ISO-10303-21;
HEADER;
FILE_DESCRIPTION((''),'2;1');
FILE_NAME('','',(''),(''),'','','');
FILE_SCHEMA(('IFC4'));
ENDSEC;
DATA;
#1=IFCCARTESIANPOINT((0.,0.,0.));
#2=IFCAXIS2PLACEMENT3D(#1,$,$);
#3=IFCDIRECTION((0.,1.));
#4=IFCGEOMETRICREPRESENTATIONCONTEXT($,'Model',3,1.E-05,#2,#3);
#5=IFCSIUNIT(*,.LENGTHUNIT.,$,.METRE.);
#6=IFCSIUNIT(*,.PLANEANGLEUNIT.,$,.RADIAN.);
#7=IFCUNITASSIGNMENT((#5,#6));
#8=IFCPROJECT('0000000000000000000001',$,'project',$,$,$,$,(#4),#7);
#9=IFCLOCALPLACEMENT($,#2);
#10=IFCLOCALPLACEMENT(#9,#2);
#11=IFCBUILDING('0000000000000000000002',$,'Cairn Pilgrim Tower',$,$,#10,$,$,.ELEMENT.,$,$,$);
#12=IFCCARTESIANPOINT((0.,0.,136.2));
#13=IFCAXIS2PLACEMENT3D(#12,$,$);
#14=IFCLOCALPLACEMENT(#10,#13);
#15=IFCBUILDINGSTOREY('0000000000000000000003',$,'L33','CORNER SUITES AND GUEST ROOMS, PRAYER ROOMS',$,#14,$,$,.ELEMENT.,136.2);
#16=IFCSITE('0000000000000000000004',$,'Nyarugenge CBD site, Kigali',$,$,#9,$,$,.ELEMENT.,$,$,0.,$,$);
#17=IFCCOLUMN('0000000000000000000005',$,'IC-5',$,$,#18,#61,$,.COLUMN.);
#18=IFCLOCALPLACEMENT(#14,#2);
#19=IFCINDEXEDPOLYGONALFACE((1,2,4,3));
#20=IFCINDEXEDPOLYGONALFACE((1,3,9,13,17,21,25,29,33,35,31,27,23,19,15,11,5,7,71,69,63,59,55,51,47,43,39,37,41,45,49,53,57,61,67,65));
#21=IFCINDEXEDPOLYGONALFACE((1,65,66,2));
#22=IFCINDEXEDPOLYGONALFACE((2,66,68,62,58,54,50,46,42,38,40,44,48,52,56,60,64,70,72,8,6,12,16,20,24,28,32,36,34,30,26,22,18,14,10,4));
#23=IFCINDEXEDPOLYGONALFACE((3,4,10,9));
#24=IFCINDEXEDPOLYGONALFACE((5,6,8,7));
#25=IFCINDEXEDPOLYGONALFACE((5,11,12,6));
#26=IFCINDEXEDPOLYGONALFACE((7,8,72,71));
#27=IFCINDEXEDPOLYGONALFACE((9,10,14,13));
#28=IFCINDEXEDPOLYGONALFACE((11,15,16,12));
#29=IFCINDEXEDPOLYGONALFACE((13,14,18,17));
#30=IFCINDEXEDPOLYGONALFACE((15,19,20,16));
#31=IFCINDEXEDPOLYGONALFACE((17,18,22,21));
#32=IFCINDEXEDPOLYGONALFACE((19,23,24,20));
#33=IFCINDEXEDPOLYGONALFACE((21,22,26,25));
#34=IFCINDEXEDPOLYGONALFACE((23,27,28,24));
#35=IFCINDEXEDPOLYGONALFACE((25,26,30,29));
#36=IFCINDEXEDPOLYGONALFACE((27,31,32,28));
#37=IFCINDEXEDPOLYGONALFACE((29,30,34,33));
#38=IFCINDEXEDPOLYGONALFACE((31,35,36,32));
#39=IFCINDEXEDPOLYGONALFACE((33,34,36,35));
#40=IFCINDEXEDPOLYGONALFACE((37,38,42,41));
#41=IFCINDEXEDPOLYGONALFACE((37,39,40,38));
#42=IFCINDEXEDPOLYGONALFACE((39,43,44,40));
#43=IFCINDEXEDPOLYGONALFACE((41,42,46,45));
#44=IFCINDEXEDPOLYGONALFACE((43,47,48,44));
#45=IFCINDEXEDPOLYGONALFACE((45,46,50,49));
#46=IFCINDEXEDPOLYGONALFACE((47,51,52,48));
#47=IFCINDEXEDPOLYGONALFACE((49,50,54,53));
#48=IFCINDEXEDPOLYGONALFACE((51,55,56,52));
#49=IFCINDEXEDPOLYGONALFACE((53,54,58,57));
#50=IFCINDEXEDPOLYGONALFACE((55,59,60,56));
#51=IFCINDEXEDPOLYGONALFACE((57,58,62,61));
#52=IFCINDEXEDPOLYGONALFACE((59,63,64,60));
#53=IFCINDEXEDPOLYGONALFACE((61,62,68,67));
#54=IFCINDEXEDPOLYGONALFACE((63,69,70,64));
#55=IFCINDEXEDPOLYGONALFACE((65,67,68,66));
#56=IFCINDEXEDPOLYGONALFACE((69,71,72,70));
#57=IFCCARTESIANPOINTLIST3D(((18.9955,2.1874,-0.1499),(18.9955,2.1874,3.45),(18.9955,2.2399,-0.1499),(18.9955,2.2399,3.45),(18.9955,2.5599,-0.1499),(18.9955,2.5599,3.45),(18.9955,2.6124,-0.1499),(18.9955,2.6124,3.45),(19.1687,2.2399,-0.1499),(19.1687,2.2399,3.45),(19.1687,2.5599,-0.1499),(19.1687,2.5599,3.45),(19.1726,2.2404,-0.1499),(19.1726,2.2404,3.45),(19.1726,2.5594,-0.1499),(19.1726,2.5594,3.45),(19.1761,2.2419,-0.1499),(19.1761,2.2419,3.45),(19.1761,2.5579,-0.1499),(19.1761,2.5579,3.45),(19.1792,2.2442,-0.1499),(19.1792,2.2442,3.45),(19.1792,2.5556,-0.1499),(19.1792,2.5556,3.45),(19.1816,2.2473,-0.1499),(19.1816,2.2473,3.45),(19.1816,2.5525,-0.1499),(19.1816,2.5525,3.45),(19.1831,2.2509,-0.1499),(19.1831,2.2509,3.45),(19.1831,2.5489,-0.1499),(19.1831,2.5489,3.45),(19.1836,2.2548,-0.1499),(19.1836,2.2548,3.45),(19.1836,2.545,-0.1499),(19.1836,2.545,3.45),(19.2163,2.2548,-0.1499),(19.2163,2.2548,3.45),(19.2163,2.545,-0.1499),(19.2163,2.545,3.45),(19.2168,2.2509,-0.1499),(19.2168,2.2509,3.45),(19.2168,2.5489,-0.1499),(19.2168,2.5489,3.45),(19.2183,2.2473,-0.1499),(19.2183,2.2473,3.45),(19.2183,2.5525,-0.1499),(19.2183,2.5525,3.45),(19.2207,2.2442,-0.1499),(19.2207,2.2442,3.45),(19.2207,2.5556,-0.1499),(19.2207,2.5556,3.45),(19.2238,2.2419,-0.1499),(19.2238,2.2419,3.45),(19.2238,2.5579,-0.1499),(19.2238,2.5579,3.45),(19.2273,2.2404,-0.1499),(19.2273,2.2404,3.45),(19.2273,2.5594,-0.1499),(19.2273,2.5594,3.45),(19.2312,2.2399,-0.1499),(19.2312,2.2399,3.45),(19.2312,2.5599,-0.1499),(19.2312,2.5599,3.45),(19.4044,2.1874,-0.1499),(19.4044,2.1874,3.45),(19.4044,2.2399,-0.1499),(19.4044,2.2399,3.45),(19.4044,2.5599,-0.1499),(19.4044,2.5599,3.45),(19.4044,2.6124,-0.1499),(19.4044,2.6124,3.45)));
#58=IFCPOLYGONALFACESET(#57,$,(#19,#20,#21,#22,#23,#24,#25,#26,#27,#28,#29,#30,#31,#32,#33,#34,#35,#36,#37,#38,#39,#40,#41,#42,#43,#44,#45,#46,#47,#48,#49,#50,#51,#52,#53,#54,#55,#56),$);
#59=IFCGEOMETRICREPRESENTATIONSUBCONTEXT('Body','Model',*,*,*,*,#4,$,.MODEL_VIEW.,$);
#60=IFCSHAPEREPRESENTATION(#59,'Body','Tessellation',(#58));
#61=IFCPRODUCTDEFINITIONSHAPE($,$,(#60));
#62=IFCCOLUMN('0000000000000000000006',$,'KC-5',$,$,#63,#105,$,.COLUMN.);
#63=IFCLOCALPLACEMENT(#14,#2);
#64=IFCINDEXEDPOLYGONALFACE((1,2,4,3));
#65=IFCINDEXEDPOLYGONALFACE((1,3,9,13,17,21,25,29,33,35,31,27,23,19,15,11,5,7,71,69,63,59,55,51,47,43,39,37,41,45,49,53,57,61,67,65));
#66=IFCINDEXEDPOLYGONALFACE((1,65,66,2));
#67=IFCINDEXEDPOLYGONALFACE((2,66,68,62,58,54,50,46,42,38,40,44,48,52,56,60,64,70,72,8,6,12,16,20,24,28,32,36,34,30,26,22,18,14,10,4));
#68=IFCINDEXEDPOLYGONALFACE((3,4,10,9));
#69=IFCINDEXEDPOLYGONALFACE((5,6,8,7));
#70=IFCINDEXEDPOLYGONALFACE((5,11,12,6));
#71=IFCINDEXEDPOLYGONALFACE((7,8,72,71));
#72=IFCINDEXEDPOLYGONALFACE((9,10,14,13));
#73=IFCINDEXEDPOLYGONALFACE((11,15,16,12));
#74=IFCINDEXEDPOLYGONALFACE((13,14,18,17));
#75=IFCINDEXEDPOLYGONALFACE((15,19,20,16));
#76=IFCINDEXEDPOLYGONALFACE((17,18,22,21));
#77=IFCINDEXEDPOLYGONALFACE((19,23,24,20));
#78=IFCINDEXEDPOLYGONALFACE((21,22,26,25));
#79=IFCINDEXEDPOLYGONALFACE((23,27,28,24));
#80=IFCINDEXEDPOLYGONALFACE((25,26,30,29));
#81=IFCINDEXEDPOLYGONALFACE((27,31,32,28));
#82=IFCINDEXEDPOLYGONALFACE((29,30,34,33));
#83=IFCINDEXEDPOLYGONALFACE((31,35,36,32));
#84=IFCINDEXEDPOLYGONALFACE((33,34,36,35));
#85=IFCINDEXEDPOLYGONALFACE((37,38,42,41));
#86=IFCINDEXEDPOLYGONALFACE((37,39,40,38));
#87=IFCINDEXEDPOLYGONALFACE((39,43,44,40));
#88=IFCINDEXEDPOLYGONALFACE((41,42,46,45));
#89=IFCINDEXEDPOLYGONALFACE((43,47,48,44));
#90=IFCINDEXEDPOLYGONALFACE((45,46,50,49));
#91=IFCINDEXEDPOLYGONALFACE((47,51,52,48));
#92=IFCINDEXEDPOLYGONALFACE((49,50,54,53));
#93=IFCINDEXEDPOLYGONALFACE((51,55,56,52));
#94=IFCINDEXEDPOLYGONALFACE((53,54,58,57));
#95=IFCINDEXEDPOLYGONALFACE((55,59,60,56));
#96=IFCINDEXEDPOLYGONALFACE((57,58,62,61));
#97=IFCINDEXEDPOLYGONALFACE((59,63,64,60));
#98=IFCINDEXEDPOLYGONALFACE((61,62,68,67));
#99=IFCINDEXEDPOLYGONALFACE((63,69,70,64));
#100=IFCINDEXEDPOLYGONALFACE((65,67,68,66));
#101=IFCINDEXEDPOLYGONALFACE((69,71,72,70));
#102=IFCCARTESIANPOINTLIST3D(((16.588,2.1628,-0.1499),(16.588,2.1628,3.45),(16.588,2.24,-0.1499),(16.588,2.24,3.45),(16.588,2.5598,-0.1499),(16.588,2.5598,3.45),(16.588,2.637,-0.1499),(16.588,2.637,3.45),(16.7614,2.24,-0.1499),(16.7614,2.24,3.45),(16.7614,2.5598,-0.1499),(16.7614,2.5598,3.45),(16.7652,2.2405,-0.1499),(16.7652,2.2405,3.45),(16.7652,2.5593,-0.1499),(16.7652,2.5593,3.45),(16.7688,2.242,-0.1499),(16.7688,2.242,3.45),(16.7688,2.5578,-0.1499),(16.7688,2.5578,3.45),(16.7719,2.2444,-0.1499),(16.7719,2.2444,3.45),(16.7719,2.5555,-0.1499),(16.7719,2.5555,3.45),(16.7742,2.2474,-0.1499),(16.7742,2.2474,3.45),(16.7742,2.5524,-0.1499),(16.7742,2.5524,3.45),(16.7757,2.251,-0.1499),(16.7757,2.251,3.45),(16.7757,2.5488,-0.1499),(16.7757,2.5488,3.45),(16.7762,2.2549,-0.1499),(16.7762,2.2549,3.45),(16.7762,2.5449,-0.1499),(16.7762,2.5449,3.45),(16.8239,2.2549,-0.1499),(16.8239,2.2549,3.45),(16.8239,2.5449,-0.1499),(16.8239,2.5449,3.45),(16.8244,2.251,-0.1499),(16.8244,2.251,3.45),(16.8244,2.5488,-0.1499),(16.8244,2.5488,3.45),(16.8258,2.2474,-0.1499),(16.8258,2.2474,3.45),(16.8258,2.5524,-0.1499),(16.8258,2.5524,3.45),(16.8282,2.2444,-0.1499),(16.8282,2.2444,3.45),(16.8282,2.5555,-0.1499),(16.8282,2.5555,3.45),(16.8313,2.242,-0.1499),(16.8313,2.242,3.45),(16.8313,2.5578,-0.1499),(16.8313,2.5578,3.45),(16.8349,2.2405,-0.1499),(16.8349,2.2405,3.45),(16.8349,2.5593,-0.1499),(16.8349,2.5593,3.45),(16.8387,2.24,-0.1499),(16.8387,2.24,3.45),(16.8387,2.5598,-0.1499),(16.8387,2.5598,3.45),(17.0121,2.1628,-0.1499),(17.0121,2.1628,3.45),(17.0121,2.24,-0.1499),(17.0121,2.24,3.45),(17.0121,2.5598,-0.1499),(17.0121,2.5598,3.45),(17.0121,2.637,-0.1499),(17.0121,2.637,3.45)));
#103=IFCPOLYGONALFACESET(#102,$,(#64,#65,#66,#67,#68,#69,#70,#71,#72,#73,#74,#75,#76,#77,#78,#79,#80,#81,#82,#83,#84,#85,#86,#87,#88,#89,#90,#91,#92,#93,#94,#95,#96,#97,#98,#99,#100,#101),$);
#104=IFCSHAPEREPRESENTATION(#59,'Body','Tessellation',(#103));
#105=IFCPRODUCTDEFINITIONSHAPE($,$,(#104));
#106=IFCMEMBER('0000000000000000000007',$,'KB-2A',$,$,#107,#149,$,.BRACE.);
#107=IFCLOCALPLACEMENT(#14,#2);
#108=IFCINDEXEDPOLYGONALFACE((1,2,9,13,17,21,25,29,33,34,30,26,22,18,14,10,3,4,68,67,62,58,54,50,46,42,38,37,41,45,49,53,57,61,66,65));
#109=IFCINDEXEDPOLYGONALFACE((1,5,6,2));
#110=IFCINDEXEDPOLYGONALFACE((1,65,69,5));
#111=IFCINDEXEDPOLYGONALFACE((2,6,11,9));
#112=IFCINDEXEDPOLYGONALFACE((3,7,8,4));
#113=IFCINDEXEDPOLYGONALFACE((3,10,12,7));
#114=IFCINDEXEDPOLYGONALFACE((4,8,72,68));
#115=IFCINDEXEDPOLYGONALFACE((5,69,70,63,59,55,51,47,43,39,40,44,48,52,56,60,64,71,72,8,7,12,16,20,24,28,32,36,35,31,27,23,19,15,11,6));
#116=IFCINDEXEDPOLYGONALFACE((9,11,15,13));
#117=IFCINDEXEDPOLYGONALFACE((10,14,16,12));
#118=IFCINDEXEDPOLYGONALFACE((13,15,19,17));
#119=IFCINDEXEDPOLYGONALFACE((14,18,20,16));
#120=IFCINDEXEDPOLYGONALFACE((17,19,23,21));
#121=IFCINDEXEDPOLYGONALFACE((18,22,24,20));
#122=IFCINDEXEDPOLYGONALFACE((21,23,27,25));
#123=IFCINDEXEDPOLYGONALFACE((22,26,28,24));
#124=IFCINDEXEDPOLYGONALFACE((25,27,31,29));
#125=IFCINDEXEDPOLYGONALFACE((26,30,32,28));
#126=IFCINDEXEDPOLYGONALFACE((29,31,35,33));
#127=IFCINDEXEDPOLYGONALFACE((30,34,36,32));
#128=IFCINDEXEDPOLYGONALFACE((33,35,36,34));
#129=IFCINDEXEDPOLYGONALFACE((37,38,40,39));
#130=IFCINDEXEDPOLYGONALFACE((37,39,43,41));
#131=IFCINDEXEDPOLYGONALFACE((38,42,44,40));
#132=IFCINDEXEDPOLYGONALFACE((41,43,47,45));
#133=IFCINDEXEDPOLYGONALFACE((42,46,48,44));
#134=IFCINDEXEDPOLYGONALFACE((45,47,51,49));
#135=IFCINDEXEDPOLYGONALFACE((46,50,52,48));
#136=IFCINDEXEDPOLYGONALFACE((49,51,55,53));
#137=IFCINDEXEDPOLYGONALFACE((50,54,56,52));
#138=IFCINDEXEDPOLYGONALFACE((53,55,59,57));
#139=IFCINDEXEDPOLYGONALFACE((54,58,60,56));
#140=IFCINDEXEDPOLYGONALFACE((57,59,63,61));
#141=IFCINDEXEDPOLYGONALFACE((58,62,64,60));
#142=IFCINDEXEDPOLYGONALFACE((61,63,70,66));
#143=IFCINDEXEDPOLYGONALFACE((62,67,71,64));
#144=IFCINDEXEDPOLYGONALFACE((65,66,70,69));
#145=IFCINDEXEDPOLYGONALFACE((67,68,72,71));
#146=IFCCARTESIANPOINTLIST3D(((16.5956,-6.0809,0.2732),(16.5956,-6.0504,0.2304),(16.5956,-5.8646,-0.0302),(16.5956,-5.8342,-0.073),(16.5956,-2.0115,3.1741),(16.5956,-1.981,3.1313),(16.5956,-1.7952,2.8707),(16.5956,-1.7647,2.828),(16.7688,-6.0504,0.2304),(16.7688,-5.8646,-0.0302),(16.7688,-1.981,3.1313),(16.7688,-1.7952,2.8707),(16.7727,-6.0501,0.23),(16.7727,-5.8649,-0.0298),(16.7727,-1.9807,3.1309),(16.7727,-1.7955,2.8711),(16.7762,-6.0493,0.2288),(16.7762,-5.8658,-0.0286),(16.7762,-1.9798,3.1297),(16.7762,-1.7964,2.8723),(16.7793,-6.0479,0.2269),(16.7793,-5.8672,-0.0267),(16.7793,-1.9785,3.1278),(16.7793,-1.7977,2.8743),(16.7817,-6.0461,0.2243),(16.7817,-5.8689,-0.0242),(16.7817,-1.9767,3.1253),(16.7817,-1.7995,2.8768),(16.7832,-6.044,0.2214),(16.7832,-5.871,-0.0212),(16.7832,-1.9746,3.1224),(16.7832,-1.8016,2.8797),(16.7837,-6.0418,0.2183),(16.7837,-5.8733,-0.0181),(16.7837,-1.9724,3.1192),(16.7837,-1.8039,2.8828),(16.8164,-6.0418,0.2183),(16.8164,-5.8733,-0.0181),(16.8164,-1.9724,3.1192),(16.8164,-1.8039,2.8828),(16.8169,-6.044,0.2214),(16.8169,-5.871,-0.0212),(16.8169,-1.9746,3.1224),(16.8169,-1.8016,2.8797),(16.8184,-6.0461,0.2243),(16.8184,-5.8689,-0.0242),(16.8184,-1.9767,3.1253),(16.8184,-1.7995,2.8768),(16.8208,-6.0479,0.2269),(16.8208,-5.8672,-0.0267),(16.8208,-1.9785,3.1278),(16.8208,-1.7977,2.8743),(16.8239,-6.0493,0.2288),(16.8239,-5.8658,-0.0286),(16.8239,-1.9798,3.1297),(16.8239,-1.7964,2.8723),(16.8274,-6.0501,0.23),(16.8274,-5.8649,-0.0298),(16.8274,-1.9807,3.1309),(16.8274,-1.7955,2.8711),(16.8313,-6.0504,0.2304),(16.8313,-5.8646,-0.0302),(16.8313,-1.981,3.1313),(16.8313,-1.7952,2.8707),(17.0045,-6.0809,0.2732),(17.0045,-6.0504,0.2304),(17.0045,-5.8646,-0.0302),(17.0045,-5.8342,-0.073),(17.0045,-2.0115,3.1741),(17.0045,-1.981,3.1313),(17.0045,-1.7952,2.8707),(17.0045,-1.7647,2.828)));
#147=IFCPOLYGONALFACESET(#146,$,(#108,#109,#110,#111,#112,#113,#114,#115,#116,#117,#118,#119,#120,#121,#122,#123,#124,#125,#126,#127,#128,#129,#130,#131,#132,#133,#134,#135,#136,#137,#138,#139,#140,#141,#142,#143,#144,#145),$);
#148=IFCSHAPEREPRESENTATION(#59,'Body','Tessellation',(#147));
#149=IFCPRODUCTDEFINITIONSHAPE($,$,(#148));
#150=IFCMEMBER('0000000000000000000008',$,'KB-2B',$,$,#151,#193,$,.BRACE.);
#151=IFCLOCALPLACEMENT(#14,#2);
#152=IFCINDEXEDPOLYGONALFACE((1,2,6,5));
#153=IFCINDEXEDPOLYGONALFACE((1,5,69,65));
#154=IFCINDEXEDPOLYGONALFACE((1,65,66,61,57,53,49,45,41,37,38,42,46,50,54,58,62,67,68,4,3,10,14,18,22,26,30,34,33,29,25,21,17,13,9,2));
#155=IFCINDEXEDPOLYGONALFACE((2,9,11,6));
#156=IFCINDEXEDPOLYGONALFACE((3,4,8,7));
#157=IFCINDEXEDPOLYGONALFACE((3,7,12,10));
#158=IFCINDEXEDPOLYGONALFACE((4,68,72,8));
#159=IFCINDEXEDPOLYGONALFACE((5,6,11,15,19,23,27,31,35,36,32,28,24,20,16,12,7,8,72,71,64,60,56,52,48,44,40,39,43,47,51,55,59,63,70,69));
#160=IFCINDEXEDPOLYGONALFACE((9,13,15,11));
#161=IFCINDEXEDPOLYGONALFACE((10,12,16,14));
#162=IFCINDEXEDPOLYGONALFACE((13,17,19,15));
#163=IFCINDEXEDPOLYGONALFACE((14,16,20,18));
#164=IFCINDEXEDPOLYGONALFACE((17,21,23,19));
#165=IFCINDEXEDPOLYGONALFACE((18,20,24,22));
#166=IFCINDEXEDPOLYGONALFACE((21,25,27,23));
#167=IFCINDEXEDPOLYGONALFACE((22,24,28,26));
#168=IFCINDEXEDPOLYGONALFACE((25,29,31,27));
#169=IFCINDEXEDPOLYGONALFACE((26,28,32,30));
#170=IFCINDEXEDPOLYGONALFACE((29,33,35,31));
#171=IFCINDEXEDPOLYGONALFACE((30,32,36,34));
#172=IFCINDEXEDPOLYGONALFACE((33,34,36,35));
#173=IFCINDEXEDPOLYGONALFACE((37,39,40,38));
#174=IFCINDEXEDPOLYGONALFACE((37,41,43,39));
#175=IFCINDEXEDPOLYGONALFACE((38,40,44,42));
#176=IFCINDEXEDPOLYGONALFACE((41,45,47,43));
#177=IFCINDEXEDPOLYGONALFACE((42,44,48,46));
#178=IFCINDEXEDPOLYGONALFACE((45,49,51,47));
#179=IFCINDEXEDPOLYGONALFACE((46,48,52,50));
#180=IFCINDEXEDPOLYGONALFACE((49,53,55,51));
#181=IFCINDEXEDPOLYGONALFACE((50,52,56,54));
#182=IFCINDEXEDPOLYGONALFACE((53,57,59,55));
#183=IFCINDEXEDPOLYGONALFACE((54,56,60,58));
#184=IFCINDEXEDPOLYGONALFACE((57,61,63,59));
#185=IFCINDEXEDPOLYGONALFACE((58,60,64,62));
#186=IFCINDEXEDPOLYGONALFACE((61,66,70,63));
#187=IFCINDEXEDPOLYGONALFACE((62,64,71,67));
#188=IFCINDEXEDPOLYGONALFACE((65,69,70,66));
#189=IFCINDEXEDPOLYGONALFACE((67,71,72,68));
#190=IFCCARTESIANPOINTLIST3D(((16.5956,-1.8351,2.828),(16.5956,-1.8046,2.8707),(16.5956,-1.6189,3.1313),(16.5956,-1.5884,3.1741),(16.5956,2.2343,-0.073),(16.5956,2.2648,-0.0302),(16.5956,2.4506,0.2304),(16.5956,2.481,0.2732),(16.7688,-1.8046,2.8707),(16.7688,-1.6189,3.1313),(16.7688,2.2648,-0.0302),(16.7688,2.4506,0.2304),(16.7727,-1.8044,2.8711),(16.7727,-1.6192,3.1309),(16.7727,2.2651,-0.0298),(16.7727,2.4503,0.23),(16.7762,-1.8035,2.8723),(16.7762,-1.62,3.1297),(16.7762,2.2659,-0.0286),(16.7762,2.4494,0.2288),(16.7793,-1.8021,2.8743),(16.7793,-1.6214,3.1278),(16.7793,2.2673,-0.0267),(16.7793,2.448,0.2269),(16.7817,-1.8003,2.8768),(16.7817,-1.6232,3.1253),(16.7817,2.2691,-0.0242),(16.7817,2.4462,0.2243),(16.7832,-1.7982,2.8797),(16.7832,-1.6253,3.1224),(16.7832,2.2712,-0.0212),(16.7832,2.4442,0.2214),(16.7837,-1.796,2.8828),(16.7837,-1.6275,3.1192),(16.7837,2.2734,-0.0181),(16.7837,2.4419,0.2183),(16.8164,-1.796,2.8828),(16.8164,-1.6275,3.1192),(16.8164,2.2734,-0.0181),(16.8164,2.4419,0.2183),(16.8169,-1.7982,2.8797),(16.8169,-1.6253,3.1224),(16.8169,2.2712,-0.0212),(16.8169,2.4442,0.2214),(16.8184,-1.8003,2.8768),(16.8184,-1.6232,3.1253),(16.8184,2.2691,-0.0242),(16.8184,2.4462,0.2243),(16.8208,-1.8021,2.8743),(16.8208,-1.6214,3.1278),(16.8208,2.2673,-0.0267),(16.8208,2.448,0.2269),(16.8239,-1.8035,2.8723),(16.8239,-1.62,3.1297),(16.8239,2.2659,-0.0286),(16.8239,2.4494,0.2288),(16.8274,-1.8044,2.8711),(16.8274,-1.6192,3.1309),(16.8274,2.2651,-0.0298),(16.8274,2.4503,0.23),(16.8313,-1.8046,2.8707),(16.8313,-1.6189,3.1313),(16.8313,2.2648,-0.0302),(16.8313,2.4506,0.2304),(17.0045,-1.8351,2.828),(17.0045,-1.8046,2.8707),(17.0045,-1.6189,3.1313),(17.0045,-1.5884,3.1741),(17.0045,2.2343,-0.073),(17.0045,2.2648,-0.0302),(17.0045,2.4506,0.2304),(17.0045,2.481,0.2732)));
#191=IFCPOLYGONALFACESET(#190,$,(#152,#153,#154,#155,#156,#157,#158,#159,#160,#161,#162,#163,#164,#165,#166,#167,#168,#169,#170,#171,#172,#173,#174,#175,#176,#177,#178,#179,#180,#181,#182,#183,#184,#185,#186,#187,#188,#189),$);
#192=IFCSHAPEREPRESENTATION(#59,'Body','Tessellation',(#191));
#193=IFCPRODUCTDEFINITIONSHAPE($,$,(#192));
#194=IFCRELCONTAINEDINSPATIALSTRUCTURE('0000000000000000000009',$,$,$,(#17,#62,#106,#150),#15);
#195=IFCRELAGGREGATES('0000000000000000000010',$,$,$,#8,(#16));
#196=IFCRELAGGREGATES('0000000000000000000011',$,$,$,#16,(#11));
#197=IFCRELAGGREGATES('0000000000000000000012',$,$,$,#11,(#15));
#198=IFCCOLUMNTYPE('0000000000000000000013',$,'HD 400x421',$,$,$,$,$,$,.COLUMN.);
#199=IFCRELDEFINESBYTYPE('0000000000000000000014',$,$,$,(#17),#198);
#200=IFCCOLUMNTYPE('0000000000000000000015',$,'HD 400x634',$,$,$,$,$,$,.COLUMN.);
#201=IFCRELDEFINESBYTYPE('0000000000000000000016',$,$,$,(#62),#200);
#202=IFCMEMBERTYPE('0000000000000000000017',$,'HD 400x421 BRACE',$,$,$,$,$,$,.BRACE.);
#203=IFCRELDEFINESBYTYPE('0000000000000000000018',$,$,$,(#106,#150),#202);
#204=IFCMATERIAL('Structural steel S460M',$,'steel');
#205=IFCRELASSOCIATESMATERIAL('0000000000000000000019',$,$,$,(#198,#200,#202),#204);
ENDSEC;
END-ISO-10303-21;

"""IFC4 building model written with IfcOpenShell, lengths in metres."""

from ifc_helpers import new_model, si_unit, direction, frame, origin, origin_2d, place, context, subcontext, project, spatial, i_section, extrude, material, material_profile, profile_set, type_object, element, save


model = new_model("IFC4")

# Units and contexts
model_context = context("Model", 3, precision=1e-05, world=origin(), true_north=direction((0.0, 1.0)))
body_context = subcontext(model_context, "Body", "Model", "MODEL_VIEW")
ifc_project = project(units=[si_unit("LENGTHUNIT", "METRE"), si_unit("PLANEANGLEUNIT", "RADIAN")], contexts=[model_context])

# Site, building, storey
site_placement = place(None, origin())
site = spatial("IfcSite", under=ifc_project, at=site_placement, Name="Nyarugenge CBD site, Kigali", CompositionType="ELEMENT", RefElevation=0.0)
building_placement = place(site_placement, origin())
building = spatial("IfcBuilding", under=site, at=building_placement, Name="Cairn Pilgrim Tower", CompositionType="ELEMENT")
storey_placement = place(building_placement, frame((0.0, 0.0, 136.2)))
storey = spatial("IfcBuildingStorey", under=building, at=storey_placement, Name="L33", Description="CORNER SUITES AND GUEST ROOMS, PRAYER ROOMS", CompositionType="ELEMENT", Elevation=136.2)

# Columns
ifc_material_1 = material(Name="Structural steel S460M", Category="steel")
ifc_material_profile_1 = material_profile(ifc_material_1, i_section(OverallWidth=0.4089, OverallDepth=0.425, WebThickness=0.0327, FlangeThickness=0.0525, FilletRadius=0.0149, at=origin_2d()), Name="HD 400x421")
ifc_profile_set_1 = profile_set([ifc_material_profile_1], Name="Structural steel S460M")
column_type_1 = type_object("IfcColumnType", Name="HD 400x421", PredefinedType="COLUMN", material=ifc_profile_set_1)
column_1_placement = place(storey_placement, frame((19.2, 2.3999, -0.1499), z_axis=(0.0, 0.0, 1.0), x_axis=(1.0, 0.0, 0.0)))
element("IfcColumn", 1, at=column_1_placement, inside=storey, type_object=column_type_1, Name="IC-5", PredefinedType="COLUMN", context=body_context, shape_type="SweptSolid", body=[
    extrude(i_section(OverallWidth=0.4089, OverallDepth=0.425, WebThickness=0.0327, FlangeThickness=0.0525, FilletRadius=0.0149, at=origin_2d()), origin(), (0.0, 0.0, 1.0), 3.5999),
])
ifc_material_profile_2 = material_profile(ifc_material_1, i_section(OverallWidth=0.4241, OverallDepth=0.4741, WebThickness=0.0476, FlangeThickness=0.0771, FilletRadius=0.0149, at=origin_2d()), Name="HD 400x634")
ifc_profile_set_2 = profile_set([ifc_material_profile_2], Name="Structural steel S460M")
column_type_2 = type_object("IfcColumnType", Name="HD 400x634", PredefinedType="COLUMN", material=ifc_profile_set_2)
column_2_placement = place(storey_placement, frame((16.8, 2.3999, -0.1499), z_axis=(0.0, 0.0, 1.0), x_axis=(1.0, 0.0, 0.0)))
element("IfcColumn", 2, at=column_2_placement, inside=storey, type_object=column_type_2, Name="KC-5", PredefinedType="COLUMN", context=body_context, shape_type="SweptSolid", body=[
    extrude(i_section(OverallWidth=0.4241, OverallDepth=0.4741, WebThickness=0.0476, FlangeThickness=0.0771, FilletRadius=0.0149, at=origin_2d()), origin(), (0.0, 0.0, 1.0), 3.5999),
])

# Members
ifc_material_profile_3 = material_profile(ifc_material_1, i_section(OverallWidth=0.4089, OverallDepth=0.425, WebThickness=0.0327, FlangeThickness=0.0525, FilletRadius=0.0149, at=origin_2d()), Name="HD 400x421")
ifc_profile_set_3 = profile_set([ifc_material_profile_3], Name="Structural steel S460M")
member_type = type_object("IfcMemberType", Name="HD 400x421 BRACE", PredefinedType="BRACE", material=ifc_profile_set_3)
for number, where, z_axis, x_axis, name in (
    (3, (16.8, -5.9575, 0.1001), (0.0, 0.814281, 0.580471), (-1.0, 0.0, 0.0), "KB-2A"),
    (4, (16.8, 2.3577, 0.1001), (0.0, -0.814281, 0.580471), (1.0, 0.0, 0.0), "KB-2B"),
):
    element("IfcMember", number, at=place(storey_placement, frame(where, z_axis=z_axis, x_axis=x_axis)), inside=storey, type_object=member_type, Name=name, PredefinedType="BRACE", context=body_context, shape_type="SweptSolid", body=[
        extrude(i_section(OverallWidth=0.4089, OverallDepth=0.425, WebThickness=0.0327, FlangeThickness=0.0525, FilletRadius=0.0149, at=origin_2d()), origin(), (0.0, 0.0, 1.0), 4.9976),
    ])

save(model, "model.ifc")
